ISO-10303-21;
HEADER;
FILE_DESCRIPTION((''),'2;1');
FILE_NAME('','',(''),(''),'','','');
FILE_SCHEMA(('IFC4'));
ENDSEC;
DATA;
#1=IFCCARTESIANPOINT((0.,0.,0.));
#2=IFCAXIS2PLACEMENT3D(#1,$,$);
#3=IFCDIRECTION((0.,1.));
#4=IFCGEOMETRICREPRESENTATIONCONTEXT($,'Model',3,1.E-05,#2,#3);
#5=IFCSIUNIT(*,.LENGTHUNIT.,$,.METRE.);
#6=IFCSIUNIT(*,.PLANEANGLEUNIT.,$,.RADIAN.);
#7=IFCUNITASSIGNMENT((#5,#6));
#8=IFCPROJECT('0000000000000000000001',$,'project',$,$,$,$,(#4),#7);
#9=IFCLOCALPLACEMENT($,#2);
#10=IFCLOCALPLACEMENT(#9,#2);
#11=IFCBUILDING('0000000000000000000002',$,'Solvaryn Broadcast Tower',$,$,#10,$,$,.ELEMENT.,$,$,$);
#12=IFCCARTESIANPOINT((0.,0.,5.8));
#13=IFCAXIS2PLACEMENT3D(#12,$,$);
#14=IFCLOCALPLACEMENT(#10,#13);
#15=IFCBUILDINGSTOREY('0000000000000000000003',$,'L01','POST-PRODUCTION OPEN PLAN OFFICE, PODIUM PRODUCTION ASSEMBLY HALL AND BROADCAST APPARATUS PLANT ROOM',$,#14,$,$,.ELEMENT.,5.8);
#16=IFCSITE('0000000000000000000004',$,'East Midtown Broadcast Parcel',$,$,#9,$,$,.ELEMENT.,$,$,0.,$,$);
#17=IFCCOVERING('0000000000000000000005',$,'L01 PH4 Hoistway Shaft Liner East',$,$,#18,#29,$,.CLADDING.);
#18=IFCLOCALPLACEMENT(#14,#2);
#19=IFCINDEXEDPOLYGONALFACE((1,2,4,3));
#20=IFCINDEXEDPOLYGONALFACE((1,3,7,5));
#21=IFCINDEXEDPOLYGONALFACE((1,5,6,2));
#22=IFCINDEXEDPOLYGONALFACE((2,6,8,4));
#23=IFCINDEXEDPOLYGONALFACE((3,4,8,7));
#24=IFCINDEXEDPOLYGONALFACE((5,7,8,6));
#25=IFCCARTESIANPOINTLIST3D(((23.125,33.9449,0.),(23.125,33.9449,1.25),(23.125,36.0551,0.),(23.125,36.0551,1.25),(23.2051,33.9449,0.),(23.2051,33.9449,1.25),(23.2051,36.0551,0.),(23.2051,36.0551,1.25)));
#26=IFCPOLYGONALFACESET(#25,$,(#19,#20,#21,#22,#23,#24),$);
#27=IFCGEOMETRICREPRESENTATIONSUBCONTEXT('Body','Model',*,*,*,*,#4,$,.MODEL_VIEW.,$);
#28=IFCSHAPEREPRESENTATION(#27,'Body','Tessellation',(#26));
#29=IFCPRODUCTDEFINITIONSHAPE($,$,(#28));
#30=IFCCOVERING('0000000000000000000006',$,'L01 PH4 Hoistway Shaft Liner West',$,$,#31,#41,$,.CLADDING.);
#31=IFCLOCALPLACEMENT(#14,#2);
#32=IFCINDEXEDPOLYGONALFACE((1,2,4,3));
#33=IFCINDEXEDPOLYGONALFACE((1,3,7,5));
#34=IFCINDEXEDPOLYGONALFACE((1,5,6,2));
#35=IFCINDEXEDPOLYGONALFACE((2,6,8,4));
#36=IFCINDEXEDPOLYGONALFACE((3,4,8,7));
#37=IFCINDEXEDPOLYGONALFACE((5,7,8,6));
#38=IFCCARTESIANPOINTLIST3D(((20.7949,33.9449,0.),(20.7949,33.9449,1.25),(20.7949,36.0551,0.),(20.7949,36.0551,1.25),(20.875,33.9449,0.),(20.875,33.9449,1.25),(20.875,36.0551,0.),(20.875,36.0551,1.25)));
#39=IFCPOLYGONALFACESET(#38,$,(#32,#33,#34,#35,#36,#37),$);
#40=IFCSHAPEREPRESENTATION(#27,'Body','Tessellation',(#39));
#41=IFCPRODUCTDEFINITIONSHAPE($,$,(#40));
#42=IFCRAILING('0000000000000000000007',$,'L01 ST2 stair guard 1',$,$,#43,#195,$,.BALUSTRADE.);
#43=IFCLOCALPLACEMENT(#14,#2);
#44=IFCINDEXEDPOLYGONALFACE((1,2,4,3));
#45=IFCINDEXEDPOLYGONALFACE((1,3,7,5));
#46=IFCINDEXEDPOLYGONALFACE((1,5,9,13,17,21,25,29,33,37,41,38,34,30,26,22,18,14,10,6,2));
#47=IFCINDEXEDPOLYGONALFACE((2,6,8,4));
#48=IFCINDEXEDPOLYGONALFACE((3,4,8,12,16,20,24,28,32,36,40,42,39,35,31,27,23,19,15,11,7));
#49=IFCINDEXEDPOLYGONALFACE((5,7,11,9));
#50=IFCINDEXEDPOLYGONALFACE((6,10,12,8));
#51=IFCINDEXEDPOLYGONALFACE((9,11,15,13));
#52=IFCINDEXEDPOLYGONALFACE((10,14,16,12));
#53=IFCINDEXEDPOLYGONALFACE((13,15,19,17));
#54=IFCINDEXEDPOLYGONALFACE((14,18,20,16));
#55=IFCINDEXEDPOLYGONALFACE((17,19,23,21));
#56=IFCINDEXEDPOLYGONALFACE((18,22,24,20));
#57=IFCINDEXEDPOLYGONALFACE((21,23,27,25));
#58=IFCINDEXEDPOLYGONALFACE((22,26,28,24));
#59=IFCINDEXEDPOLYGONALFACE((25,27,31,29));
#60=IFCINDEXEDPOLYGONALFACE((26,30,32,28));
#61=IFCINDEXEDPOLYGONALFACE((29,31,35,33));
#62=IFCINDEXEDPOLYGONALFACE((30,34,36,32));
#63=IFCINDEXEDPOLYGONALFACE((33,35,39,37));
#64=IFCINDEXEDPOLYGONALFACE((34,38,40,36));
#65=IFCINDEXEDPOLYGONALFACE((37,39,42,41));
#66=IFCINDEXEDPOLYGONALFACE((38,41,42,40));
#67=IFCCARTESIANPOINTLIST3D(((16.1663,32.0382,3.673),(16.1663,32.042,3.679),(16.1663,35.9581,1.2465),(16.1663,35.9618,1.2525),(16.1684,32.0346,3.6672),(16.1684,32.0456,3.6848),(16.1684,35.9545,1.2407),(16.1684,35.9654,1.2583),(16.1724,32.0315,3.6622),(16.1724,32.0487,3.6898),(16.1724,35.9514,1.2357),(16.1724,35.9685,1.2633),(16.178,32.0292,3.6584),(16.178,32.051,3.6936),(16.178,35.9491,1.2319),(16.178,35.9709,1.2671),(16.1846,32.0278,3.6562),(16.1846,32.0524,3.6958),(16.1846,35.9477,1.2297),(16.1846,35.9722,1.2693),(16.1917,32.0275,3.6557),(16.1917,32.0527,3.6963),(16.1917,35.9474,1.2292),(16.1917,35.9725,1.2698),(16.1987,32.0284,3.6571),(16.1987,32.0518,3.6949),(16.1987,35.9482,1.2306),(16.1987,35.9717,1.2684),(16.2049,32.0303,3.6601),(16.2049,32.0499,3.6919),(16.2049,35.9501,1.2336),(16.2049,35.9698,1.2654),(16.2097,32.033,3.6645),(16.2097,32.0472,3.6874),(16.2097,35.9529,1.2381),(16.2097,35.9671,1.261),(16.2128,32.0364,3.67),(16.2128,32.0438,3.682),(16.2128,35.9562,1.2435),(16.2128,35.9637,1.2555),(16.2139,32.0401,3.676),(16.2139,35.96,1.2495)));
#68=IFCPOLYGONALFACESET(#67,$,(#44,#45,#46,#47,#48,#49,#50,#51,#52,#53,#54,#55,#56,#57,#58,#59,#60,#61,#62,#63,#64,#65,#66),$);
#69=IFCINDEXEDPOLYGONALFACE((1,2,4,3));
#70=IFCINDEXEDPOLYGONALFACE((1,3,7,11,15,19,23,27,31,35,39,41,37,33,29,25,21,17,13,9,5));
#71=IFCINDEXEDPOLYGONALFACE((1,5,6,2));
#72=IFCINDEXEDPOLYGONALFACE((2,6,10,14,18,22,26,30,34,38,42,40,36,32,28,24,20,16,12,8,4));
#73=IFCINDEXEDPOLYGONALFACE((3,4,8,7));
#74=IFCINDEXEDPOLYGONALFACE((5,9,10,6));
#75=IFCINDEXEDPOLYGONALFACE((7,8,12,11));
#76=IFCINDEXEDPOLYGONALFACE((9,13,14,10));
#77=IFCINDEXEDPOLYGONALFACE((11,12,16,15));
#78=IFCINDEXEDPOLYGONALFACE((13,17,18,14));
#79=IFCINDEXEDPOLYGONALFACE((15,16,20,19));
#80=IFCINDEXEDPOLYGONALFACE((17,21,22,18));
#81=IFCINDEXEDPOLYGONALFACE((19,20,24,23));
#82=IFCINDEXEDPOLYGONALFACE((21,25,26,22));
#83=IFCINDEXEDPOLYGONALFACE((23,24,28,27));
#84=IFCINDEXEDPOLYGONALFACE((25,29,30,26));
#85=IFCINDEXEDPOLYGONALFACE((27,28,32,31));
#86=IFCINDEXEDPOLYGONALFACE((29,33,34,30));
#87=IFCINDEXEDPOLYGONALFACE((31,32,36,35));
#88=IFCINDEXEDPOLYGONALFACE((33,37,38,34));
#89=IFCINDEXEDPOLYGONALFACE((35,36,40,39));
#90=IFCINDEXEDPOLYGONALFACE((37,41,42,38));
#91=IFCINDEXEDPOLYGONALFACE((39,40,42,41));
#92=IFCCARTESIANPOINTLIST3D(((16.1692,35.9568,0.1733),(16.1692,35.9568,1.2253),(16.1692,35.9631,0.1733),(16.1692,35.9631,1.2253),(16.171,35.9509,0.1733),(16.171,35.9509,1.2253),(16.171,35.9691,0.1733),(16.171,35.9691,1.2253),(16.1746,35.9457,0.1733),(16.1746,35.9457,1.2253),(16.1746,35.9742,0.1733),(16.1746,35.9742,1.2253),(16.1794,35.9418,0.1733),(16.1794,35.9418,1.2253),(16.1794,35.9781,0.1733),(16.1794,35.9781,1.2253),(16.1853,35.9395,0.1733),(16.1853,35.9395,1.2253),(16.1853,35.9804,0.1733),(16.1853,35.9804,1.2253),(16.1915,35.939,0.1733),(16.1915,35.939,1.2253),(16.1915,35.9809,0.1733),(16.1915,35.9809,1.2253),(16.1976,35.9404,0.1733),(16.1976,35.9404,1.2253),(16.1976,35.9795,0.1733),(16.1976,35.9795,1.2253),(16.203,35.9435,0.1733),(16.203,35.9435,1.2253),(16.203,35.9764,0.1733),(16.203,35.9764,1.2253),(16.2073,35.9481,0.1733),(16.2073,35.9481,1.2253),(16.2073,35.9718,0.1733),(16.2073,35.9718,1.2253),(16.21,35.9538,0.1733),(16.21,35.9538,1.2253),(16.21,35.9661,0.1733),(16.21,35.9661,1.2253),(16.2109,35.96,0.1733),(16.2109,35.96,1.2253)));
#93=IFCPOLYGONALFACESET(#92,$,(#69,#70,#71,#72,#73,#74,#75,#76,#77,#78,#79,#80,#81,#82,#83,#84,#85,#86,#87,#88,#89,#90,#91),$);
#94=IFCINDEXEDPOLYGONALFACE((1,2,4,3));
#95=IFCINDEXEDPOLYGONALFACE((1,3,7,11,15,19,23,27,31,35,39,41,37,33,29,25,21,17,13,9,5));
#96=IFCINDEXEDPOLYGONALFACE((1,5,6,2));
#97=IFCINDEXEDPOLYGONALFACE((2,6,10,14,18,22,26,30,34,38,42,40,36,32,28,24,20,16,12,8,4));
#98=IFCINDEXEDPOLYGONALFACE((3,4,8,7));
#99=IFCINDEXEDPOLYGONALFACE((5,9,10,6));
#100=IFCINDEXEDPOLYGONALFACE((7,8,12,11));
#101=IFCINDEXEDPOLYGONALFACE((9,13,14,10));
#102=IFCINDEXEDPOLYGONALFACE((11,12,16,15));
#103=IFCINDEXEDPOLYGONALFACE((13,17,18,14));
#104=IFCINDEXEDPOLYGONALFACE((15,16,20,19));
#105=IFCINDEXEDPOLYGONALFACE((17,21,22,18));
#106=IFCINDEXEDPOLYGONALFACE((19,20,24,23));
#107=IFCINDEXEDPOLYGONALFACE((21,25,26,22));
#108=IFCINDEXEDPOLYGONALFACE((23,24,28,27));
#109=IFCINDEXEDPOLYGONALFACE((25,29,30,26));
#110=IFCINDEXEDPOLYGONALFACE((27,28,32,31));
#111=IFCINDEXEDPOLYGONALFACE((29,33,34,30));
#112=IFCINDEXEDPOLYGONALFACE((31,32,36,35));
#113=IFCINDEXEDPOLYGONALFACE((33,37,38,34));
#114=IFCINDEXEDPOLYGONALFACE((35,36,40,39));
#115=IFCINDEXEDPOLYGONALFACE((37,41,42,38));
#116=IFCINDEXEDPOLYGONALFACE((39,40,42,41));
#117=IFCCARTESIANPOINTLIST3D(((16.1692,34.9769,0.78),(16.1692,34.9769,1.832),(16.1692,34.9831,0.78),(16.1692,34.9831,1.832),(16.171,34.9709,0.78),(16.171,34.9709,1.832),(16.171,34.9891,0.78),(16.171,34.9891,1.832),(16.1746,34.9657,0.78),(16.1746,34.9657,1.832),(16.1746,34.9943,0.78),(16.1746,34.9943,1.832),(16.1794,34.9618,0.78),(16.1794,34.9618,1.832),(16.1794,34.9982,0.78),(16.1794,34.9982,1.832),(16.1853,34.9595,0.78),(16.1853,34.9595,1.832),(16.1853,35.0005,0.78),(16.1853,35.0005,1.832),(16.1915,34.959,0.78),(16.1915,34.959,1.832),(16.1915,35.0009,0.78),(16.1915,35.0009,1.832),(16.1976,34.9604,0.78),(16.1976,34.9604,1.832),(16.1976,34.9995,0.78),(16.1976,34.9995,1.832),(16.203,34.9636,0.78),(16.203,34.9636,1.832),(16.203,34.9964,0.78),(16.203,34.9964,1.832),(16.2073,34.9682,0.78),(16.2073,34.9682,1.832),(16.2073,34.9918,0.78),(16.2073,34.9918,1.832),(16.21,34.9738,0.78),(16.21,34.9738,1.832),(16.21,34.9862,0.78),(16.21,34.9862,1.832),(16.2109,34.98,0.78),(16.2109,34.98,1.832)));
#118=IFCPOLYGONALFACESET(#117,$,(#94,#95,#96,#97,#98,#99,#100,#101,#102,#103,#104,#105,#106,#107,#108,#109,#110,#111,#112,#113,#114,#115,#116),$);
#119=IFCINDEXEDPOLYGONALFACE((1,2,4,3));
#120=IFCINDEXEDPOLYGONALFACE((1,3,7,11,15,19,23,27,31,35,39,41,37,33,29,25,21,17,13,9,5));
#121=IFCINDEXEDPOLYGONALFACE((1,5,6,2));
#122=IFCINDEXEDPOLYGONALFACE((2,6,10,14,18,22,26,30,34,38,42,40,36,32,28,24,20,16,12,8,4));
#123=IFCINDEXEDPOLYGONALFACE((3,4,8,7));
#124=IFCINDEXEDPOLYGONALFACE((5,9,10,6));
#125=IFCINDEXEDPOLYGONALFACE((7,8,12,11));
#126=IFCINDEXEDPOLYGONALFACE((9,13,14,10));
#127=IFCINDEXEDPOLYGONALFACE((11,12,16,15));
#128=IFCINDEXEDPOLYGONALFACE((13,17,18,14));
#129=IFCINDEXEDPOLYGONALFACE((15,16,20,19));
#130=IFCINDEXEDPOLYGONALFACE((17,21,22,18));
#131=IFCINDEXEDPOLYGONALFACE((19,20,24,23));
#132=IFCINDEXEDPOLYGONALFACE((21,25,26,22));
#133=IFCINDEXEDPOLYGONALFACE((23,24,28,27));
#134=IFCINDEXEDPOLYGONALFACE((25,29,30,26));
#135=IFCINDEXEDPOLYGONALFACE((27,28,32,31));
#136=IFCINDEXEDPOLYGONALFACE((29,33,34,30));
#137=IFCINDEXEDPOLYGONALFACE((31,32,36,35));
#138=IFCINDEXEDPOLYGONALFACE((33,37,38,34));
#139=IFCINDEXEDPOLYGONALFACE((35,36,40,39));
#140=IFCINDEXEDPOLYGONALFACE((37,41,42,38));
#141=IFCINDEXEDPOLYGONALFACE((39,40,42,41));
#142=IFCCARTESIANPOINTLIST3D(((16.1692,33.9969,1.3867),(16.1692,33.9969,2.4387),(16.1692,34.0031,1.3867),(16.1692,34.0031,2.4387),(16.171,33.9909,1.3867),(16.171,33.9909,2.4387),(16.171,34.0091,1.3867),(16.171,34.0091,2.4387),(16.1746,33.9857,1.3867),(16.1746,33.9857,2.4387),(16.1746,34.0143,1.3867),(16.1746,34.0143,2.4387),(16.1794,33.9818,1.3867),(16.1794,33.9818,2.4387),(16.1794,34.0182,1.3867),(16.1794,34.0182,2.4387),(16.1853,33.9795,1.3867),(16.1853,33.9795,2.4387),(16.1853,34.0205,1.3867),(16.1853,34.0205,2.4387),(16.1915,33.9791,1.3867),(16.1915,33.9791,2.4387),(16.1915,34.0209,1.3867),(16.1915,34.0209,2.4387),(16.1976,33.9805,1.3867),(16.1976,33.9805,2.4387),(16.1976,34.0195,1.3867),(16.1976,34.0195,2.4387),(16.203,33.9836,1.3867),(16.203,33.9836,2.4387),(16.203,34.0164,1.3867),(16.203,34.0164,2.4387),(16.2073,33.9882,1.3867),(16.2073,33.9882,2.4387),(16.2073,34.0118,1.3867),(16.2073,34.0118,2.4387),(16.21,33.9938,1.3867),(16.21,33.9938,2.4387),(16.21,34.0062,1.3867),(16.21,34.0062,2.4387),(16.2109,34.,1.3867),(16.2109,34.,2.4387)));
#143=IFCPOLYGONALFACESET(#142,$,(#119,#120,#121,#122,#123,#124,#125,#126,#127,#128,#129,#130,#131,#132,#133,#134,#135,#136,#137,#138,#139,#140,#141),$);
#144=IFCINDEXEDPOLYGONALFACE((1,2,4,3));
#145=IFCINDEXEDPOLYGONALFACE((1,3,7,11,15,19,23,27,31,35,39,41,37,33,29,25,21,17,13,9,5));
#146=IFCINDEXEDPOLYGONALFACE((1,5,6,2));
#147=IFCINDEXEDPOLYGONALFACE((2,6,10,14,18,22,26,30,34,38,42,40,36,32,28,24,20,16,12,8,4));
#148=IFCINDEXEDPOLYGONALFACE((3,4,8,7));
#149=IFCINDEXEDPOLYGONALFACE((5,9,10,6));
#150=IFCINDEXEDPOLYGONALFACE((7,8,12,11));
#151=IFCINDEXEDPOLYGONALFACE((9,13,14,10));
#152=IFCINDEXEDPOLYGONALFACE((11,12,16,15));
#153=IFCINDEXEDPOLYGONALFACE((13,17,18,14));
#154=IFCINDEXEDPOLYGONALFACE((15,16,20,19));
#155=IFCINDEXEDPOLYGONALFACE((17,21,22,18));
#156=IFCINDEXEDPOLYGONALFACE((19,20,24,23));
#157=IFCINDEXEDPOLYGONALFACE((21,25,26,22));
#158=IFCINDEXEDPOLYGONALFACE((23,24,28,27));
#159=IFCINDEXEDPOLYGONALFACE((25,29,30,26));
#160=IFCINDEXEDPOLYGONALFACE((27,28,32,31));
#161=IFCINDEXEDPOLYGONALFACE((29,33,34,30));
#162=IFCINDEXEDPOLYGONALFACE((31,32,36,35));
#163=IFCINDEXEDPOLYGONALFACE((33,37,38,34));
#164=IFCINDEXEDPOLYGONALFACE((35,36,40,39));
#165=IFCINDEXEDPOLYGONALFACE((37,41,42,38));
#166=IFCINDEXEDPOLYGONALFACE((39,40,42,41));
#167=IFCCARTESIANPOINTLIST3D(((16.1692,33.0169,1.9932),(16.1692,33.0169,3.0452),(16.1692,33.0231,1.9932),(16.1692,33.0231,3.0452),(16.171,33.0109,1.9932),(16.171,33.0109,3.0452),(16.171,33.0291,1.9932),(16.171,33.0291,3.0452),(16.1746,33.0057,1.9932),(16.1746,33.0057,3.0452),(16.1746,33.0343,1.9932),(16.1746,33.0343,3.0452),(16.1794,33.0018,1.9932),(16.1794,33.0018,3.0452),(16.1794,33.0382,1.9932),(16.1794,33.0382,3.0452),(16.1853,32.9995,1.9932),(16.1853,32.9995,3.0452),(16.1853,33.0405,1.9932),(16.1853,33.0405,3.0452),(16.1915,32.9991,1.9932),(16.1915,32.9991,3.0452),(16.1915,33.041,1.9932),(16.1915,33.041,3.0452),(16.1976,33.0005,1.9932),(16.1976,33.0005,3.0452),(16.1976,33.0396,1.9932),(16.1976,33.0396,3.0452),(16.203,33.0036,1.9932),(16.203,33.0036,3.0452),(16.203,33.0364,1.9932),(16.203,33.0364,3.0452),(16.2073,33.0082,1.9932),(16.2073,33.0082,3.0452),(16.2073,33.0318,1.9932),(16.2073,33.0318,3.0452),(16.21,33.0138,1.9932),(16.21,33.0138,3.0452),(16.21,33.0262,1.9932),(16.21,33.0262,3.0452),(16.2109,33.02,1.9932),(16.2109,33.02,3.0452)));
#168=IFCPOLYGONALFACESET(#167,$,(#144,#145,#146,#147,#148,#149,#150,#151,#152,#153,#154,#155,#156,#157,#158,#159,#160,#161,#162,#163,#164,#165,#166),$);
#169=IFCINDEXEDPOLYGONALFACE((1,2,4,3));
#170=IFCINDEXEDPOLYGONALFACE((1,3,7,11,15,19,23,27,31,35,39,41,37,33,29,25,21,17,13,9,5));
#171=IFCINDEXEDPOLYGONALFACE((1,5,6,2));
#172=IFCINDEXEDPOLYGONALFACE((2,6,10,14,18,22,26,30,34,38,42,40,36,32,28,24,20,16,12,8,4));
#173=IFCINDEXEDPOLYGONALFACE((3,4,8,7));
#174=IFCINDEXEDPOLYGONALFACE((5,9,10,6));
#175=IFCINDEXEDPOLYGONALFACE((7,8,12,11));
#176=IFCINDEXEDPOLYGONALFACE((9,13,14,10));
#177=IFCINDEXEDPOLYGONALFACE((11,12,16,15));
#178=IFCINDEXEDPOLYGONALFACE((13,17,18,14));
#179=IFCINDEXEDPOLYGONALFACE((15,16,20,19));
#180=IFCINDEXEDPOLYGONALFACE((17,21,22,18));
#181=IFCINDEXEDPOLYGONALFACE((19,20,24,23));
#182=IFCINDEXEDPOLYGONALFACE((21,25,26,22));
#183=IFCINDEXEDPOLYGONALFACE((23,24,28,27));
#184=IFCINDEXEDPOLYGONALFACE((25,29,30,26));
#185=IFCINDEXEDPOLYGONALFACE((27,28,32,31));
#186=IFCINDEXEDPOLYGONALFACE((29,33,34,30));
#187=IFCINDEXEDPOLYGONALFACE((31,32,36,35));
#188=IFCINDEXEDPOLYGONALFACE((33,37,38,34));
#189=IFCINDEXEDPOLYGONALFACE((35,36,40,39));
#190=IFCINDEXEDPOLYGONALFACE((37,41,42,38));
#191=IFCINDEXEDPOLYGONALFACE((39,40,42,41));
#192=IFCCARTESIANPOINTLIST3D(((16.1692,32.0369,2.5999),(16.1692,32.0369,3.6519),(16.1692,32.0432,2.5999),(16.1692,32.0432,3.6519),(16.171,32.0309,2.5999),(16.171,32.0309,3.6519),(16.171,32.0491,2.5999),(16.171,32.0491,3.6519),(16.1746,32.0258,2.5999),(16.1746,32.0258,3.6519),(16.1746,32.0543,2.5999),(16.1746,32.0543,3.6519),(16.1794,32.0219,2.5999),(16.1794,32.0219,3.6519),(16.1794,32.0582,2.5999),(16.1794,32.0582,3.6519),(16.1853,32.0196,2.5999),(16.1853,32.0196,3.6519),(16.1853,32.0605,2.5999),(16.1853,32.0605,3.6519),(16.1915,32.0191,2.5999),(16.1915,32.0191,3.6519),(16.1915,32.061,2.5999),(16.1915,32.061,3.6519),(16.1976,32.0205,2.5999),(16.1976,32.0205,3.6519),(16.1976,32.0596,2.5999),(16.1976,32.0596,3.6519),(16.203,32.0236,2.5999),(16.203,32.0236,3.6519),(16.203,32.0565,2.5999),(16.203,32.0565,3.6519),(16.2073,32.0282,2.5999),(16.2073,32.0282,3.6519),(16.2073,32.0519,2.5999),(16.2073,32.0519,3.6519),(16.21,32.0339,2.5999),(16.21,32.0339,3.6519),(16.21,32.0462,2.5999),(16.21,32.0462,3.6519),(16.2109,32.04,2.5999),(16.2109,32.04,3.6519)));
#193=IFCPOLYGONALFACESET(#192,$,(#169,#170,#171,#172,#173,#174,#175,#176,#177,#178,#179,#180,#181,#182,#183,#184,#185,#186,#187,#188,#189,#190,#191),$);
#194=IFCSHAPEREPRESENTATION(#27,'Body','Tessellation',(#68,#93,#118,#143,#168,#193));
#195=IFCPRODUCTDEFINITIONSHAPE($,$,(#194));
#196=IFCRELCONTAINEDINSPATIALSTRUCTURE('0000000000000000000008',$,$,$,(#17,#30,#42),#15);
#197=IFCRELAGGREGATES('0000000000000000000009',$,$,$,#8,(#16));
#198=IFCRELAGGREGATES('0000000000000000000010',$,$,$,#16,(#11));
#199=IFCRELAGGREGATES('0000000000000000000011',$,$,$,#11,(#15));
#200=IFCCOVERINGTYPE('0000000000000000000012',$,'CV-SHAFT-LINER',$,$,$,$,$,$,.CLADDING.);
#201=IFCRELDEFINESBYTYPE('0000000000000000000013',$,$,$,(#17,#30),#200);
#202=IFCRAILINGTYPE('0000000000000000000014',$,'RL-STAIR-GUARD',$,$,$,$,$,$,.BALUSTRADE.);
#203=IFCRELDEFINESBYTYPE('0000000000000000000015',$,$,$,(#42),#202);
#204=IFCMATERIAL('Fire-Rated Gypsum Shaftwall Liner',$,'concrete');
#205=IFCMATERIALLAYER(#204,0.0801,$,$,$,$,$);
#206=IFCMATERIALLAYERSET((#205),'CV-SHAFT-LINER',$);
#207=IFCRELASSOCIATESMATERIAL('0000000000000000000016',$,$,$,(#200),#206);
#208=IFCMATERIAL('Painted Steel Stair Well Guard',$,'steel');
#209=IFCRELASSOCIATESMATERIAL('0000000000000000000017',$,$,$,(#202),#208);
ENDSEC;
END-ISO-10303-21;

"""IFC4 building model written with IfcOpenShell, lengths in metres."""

from ifc_helpers import new_model, si_unit, direction, frame, origin, origin_2d, place, context, subcontext, project, spatial, rectangle, circle, extrude, material, layer, layer_set, type_object, element, save


model = new_model("IFC4")

# Units and contexts
model_context = context("Model", 3, precision=1e-05, world=origin(), true_north=direction((0.0, 1.0)))
body_context = subcontext(model_context, "Body", "Model", "MODEL_VIEW")
ifc_project = project(units=[si_unit("LENGTHUNIT", "METRE"), si_unit("PLANEANGLEUNIT", "RADIAN")], contexts=[model_context])

# Site, building, storey
site_placement = place(None, origin())
site = spatial("IfcSite", under=ifc_project, at=site_placement, Name="East Midtown Broadcast Parcel", CompositionType="ELEMENT", RefElevation=0.0)
building_placement = place(site_placement, origin())
building = spatial("IfcBuilding", under=site, at=building_placement, Name="Solvaryn Broadcast Tower", CompositionType="ELEMENT")
storey_placement = place(building_placement, frame((0.0, 0.0, 5.8)))
storey = spatial("IfcBuildingStorey", under=building, at=storey_placement, Name="L01", Description="POST-PRODUCTION OPEN PLAN OFFICE, PODIUM PRODUCTION ASSEMBLY HALL AND BROADCAST APPARATUS PLANT ROOM", CompositionType="ELEMENT", Elevation=5.8)

# Coverings
ifc_material_1 = material(Name="Fire-Rated Gypsum Shaftwall Liner", Category="concrete")
ifc_layer_1 = layer(ifc_material_1, 0.0801)
ifc_layer_set_1 = layer_set([ifc_layer_1], Name="CV-SHAFT-LINER")
covering_type = type_object("IfcCoveringType", Name="CV-SHAFT-LINER", PredefinedType="CLADDING", material=ifc_layer_set_1)
for number, where, z_axis, x_axis, name in (
    (1, (23.165, 35.0, 0.0), (0.0, 0.0, 1.0), (1.0, 0.0, 0.0), "L01 PH4 Hoistway Shaft Liner East"),
    (2, (20.835, 35.0, 0.0), (0.0, 0.0, 1.0), (1.0, 0.0, 0.0), "L01 PH4 Hoistway Shaft Liner West"),
):
    element("IfcCovering", number, at=place(storey_placement, frame(where, z_axis=z_axis, x_axis=x_axis)), inside=storey, type_object=covering_type, Name=name, PredefinedType="CLADDING", context=body_context, shape_type="SweptSolid", body=[
        extrude(rectangle(XDim=0.0801, YDim=2.1101, at=origin_2d()), origin(), (0.0, 0.0, 1.0), 1.25),
    ])

# Railing
ifc_material_2 = material(Name="Painted Steel Stair Well Guard", Category="steel")
railing_type_1 = type_object("IfcRailingType", Name="RL-STAIR-GUARD", PredefinedType="BALUSTRADE", material=ifc_material_2)
railing_1_placement = place(storey_placement, frame((16.1899, 35.96, 0.1733)))
element("IfcRailing", 3, at=railing_1_placement, inside=storey, type_object=railing_type_1, Name="L01 ST2 stair guard 1", PredefinedType="BALUSTRADE", context=body_context, shape_type="SweptSolid", body=[
    extrude(circle(Radius=0.0239, at=origin_2d()), frame((0.0, 0.0, 1.0762), z_axis=(0.0, -0.850275, 0.526338), x_axis=(1.0, 0.0, 0.0)), (0.0, 0.0, 1.0), 4.6101),
    extrude(circle(Radius=0.021, at=origin_2d()), origin(), (0.0, 0.0, 1.0), 1.052),
    extrude(circle(Radius=0.021, at=origin_2d()), frame((0.0, -0.98, 0.6067)), (0.0, 0.0, 1.0), 1.052),
    extrude(circle(Radius=0.021, at=origin_2d()), frame((0.0, -1.96, 1.2134)), (0.0, 0.0, 1.0), 1.052),
    extrude(circle(Radius=0.021, at=origin_2d()), frame((0.0, -2.9399, 1.8198)), (0.0, 0.0, 1.0), 1.052),
    extrude(circle(Radius=0.021, at=origin_2d()), frame((0.0, -3.9199, 2.4265)), (0.0, 0.0, 1.0), 1.052),
])

save(model, "model.ifc")
